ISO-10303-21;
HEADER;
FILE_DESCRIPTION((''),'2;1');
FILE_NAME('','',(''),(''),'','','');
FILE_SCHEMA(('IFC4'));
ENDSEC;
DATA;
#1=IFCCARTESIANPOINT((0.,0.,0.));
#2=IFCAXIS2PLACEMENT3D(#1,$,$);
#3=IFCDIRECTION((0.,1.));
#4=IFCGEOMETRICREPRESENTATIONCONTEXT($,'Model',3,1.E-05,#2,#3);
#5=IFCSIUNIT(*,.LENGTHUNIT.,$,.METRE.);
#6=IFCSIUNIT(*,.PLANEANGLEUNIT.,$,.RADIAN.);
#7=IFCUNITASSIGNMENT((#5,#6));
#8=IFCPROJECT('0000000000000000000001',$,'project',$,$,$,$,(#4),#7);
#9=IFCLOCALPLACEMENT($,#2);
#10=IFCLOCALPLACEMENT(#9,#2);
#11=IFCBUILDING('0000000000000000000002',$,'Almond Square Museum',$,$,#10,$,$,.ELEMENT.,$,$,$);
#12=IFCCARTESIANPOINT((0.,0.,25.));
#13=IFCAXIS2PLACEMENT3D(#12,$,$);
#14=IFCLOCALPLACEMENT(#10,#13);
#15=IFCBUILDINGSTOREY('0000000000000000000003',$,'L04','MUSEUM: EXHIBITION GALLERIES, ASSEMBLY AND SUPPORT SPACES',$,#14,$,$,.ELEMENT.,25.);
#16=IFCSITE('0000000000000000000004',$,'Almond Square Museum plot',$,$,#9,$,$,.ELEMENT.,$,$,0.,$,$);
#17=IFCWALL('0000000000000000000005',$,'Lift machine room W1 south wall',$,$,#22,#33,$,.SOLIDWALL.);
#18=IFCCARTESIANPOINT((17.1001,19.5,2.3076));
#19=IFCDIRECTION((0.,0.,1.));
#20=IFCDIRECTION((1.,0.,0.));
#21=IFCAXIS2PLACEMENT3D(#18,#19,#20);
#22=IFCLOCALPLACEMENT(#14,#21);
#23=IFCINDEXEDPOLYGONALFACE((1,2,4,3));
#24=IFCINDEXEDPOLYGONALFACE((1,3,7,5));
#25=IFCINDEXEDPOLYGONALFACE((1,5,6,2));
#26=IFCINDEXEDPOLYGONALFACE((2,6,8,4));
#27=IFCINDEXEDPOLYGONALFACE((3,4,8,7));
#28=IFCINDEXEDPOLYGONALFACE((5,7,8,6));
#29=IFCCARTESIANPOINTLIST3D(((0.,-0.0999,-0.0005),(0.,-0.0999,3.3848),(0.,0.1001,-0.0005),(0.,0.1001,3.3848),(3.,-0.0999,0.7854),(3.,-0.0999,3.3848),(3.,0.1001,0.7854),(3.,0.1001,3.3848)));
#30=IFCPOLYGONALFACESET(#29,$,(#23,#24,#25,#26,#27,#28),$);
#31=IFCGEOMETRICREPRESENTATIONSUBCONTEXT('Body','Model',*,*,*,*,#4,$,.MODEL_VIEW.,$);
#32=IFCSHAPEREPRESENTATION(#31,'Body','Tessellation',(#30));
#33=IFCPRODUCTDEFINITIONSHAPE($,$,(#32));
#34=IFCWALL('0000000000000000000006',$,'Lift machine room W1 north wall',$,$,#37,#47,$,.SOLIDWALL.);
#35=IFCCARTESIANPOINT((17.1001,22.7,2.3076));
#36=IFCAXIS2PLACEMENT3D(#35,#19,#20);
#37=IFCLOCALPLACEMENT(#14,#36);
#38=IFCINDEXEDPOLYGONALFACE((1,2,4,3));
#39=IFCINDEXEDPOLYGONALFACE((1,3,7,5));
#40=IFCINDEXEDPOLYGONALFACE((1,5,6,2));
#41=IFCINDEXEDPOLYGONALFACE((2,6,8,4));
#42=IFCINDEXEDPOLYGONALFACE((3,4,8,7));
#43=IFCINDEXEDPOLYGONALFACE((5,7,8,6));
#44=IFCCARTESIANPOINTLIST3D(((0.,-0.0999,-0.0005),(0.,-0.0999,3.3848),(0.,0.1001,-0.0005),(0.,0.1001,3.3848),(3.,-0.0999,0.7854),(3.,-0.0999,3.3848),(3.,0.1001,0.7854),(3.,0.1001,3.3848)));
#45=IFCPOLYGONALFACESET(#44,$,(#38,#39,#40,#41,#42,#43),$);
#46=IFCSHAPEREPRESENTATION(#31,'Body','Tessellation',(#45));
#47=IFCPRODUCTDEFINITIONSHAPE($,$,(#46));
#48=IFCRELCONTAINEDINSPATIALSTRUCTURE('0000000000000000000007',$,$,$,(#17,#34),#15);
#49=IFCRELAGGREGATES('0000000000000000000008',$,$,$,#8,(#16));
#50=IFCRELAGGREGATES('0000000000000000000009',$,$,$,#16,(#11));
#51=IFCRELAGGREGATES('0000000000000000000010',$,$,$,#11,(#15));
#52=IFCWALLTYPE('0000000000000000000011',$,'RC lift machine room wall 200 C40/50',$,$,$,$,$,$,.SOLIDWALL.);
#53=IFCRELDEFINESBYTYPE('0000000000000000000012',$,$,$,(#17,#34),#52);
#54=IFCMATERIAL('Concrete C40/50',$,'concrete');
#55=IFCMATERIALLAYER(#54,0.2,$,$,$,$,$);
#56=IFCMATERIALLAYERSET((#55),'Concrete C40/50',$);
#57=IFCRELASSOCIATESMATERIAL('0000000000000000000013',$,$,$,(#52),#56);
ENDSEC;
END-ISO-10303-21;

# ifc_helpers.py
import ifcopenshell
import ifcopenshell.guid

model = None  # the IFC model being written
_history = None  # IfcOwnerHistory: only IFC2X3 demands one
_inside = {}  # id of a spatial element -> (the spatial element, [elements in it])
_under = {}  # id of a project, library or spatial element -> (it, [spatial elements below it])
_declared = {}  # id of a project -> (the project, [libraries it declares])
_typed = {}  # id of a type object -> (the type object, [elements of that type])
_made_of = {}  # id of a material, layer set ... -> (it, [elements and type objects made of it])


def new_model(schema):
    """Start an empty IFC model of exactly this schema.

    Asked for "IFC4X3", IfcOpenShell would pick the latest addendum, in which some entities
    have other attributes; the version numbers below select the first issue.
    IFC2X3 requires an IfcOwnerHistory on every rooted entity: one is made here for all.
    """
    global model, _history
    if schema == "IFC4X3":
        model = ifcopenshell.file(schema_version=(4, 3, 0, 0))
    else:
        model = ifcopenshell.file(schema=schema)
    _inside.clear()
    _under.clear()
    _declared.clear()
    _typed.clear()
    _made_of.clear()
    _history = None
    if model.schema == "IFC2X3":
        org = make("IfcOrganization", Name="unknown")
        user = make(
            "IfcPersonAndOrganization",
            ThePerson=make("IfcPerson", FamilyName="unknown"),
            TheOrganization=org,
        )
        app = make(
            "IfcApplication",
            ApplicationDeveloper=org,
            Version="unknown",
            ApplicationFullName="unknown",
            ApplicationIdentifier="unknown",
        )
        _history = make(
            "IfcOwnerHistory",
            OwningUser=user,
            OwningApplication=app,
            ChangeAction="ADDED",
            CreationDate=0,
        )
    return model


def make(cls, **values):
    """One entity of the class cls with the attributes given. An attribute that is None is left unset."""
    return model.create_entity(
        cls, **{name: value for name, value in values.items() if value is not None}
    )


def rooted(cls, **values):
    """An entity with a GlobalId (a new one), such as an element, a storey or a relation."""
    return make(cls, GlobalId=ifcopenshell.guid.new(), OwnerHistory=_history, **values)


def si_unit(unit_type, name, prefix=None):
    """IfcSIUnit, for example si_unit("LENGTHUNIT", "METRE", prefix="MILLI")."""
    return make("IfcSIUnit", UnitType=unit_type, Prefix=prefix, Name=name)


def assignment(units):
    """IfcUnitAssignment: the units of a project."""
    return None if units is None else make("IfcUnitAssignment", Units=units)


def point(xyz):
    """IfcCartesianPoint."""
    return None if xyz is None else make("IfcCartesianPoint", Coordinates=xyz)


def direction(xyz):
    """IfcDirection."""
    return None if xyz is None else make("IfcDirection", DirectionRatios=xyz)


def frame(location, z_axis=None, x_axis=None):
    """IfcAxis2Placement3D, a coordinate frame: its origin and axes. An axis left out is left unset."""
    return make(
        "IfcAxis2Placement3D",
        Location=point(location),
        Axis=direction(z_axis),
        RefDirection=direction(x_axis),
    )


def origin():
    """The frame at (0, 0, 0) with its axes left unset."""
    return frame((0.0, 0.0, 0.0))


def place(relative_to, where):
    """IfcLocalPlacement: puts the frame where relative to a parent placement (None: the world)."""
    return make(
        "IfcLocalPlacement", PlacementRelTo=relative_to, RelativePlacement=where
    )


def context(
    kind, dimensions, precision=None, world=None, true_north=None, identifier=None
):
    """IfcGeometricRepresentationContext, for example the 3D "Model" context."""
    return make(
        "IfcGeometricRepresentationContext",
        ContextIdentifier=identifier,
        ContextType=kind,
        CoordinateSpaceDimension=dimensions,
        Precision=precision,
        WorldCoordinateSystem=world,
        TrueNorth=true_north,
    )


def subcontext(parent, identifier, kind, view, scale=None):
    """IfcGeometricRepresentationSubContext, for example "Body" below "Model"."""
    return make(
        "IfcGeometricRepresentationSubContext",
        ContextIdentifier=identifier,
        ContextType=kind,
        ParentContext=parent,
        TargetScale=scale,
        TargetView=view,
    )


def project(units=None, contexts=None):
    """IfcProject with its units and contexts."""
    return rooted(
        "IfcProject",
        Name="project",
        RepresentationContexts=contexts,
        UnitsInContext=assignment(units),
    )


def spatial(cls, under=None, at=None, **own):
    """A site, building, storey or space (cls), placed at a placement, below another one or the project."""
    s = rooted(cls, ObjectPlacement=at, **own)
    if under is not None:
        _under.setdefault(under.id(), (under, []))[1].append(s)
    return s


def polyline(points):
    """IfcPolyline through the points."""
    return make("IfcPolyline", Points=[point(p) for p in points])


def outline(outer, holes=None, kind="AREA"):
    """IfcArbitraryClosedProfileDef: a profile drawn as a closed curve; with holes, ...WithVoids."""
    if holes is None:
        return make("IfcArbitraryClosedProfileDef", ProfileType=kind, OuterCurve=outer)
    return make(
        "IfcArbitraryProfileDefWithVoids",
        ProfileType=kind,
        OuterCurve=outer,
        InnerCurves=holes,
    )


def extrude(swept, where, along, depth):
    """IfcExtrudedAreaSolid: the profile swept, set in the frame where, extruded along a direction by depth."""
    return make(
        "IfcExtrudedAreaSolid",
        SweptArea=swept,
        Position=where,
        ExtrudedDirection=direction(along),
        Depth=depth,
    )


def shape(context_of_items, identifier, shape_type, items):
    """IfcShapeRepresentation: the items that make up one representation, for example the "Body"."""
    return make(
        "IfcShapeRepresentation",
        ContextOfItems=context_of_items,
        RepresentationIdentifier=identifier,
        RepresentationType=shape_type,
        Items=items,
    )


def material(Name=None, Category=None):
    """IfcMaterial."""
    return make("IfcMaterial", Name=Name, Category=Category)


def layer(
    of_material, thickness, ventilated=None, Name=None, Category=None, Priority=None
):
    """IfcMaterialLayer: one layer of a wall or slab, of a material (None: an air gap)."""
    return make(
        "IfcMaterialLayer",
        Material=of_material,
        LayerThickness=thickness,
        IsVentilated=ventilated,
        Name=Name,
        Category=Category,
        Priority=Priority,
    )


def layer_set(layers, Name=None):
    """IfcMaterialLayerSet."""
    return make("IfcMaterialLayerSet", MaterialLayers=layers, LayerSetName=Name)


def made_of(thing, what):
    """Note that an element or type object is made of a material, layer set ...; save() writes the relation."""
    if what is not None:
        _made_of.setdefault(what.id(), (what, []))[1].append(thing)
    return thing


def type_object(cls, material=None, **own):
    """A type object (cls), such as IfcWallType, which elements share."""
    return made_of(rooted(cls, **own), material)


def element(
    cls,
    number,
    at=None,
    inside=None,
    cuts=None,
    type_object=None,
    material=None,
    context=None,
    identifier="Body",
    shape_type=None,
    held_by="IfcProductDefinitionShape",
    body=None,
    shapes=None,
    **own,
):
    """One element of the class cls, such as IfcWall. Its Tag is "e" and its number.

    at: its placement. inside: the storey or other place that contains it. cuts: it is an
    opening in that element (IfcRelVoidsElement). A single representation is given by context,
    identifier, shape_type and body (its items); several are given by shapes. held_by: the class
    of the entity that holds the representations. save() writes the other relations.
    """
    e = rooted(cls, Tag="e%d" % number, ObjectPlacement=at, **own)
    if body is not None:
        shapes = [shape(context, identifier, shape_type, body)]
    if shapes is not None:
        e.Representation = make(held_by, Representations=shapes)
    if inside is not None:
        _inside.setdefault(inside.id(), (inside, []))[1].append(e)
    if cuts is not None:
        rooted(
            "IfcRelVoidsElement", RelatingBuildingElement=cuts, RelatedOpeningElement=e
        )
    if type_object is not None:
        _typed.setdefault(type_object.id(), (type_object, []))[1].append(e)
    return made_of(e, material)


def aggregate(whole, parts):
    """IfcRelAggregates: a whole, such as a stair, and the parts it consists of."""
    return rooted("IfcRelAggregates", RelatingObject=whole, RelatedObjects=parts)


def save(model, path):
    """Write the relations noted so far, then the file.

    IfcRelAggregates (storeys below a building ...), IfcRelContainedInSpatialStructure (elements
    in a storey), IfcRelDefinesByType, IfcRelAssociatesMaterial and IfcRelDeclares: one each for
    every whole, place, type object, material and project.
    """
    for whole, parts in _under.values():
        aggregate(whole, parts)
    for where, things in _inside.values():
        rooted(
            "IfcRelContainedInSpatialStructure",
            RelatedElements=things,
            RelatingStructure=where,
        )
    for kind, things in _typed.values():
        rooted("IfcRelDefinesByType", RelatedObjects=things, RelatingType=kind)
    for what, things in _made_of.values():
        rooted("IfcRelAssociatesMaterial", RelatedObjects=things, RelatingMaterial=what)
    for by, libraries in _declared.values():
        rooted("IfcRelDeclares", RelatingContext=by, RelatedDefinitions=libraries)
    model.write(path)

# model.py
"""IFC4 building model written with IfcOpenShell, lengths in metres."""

from ifc_helpers import new_model, si_unit, direction, frame, origin, place, context, subcontext, project, spatial, polyline, outline, extrude, material, layer, layer_set, type_object, element, save


model = new_model("IFC4")

# Units and contexts
model_context = context("Model", 3, precision=1e-05, world=origin(), true_north=direction((0.0, 1.0)))
body_context = subcontext(model_context, "Body", "Model", "MODEL_VIEW")
ifc_project = project(units=[si_unit("LENGTHUNIT", "METRE"), si_unit("PLANEANGLEUNIT", "RADIAN")], contexts=[model_context])

# Site, building, storey
site_placement = place(None, origin())
site = spatial("IfcSite", under=ifc_project, at=site_placement, Name="Almond Square Museum plot", CompositionType="ELEMENT", RefElevation=0.0)
building_placement = place(site_placement, origin())
building = spatial("IfcBuilding", under=site, at=building_placement, Name="Almond Square Museum", CompositionType="ELEMENT")
storey_placement = place(building_placement, frame((0.0, 0.0, 25.0)))
storey = spatial("IfcBuildingStorey", under=building, at=storey_placement, Name="L04", Description="MUSEUM: EXHIBITION GALLERIES, ASSEMBLY AND SUPPORT SPACES", CompositionType="ELEMENT", Elevation=25.0)

# Walls
ifc_material_1 = material(Name="Concrete C40/50", Category="concrete")
ifc_layer_1 = layer(ifc_material_1, 0.2)
ifc_layer_set_1 = layer_set([ifc_layer_1], Name="Concrete C40/50")
wall_type_1 = type_object("IfcWallType", Name="RC lift machine room wall 200 C40/50", PredefinedType="SOLIDWALL", material=ifc_layer_set_1)
for number, where, z_axis, x_axis, name in (
    (1, (17.1001, 19.5, 2.3076), (0.0, 0.0, 1.0), (1.0, 0.0, 0.0), "Lift machine room W1 south wall"),
    (2, (17.1001, 22.7, 2.3076), (0.0, 0.0, 1.0), (1.0, 0.0, 0.0), "Lift machine room W1 north wall"),
):
    element("IfcWall", number, at=place(storey_placement, frame(where, z_axis=z_axis, x_axis=x_axis)), inside=storey, type_object=wall_type_1, Name=name, PredefinedType="SOLIDWALL", context=body_context, shape_type="SweptSolid", body=[
        extrude(outline(polyline([(0.0, -0.0005), (3.0, 0.7854), (3.0, 3.3848), (0.0, 3.3848), (0.0, -0.0005)])), frame((0.0, 0.1001, 0.0), z_axis=(0.0, -1.0, 0.0), x_axis=(1.0, 0.0, 0.0)), (0.0, 0.0, 1.0), 0.2),
    ])

save(model, "model.ifc")
